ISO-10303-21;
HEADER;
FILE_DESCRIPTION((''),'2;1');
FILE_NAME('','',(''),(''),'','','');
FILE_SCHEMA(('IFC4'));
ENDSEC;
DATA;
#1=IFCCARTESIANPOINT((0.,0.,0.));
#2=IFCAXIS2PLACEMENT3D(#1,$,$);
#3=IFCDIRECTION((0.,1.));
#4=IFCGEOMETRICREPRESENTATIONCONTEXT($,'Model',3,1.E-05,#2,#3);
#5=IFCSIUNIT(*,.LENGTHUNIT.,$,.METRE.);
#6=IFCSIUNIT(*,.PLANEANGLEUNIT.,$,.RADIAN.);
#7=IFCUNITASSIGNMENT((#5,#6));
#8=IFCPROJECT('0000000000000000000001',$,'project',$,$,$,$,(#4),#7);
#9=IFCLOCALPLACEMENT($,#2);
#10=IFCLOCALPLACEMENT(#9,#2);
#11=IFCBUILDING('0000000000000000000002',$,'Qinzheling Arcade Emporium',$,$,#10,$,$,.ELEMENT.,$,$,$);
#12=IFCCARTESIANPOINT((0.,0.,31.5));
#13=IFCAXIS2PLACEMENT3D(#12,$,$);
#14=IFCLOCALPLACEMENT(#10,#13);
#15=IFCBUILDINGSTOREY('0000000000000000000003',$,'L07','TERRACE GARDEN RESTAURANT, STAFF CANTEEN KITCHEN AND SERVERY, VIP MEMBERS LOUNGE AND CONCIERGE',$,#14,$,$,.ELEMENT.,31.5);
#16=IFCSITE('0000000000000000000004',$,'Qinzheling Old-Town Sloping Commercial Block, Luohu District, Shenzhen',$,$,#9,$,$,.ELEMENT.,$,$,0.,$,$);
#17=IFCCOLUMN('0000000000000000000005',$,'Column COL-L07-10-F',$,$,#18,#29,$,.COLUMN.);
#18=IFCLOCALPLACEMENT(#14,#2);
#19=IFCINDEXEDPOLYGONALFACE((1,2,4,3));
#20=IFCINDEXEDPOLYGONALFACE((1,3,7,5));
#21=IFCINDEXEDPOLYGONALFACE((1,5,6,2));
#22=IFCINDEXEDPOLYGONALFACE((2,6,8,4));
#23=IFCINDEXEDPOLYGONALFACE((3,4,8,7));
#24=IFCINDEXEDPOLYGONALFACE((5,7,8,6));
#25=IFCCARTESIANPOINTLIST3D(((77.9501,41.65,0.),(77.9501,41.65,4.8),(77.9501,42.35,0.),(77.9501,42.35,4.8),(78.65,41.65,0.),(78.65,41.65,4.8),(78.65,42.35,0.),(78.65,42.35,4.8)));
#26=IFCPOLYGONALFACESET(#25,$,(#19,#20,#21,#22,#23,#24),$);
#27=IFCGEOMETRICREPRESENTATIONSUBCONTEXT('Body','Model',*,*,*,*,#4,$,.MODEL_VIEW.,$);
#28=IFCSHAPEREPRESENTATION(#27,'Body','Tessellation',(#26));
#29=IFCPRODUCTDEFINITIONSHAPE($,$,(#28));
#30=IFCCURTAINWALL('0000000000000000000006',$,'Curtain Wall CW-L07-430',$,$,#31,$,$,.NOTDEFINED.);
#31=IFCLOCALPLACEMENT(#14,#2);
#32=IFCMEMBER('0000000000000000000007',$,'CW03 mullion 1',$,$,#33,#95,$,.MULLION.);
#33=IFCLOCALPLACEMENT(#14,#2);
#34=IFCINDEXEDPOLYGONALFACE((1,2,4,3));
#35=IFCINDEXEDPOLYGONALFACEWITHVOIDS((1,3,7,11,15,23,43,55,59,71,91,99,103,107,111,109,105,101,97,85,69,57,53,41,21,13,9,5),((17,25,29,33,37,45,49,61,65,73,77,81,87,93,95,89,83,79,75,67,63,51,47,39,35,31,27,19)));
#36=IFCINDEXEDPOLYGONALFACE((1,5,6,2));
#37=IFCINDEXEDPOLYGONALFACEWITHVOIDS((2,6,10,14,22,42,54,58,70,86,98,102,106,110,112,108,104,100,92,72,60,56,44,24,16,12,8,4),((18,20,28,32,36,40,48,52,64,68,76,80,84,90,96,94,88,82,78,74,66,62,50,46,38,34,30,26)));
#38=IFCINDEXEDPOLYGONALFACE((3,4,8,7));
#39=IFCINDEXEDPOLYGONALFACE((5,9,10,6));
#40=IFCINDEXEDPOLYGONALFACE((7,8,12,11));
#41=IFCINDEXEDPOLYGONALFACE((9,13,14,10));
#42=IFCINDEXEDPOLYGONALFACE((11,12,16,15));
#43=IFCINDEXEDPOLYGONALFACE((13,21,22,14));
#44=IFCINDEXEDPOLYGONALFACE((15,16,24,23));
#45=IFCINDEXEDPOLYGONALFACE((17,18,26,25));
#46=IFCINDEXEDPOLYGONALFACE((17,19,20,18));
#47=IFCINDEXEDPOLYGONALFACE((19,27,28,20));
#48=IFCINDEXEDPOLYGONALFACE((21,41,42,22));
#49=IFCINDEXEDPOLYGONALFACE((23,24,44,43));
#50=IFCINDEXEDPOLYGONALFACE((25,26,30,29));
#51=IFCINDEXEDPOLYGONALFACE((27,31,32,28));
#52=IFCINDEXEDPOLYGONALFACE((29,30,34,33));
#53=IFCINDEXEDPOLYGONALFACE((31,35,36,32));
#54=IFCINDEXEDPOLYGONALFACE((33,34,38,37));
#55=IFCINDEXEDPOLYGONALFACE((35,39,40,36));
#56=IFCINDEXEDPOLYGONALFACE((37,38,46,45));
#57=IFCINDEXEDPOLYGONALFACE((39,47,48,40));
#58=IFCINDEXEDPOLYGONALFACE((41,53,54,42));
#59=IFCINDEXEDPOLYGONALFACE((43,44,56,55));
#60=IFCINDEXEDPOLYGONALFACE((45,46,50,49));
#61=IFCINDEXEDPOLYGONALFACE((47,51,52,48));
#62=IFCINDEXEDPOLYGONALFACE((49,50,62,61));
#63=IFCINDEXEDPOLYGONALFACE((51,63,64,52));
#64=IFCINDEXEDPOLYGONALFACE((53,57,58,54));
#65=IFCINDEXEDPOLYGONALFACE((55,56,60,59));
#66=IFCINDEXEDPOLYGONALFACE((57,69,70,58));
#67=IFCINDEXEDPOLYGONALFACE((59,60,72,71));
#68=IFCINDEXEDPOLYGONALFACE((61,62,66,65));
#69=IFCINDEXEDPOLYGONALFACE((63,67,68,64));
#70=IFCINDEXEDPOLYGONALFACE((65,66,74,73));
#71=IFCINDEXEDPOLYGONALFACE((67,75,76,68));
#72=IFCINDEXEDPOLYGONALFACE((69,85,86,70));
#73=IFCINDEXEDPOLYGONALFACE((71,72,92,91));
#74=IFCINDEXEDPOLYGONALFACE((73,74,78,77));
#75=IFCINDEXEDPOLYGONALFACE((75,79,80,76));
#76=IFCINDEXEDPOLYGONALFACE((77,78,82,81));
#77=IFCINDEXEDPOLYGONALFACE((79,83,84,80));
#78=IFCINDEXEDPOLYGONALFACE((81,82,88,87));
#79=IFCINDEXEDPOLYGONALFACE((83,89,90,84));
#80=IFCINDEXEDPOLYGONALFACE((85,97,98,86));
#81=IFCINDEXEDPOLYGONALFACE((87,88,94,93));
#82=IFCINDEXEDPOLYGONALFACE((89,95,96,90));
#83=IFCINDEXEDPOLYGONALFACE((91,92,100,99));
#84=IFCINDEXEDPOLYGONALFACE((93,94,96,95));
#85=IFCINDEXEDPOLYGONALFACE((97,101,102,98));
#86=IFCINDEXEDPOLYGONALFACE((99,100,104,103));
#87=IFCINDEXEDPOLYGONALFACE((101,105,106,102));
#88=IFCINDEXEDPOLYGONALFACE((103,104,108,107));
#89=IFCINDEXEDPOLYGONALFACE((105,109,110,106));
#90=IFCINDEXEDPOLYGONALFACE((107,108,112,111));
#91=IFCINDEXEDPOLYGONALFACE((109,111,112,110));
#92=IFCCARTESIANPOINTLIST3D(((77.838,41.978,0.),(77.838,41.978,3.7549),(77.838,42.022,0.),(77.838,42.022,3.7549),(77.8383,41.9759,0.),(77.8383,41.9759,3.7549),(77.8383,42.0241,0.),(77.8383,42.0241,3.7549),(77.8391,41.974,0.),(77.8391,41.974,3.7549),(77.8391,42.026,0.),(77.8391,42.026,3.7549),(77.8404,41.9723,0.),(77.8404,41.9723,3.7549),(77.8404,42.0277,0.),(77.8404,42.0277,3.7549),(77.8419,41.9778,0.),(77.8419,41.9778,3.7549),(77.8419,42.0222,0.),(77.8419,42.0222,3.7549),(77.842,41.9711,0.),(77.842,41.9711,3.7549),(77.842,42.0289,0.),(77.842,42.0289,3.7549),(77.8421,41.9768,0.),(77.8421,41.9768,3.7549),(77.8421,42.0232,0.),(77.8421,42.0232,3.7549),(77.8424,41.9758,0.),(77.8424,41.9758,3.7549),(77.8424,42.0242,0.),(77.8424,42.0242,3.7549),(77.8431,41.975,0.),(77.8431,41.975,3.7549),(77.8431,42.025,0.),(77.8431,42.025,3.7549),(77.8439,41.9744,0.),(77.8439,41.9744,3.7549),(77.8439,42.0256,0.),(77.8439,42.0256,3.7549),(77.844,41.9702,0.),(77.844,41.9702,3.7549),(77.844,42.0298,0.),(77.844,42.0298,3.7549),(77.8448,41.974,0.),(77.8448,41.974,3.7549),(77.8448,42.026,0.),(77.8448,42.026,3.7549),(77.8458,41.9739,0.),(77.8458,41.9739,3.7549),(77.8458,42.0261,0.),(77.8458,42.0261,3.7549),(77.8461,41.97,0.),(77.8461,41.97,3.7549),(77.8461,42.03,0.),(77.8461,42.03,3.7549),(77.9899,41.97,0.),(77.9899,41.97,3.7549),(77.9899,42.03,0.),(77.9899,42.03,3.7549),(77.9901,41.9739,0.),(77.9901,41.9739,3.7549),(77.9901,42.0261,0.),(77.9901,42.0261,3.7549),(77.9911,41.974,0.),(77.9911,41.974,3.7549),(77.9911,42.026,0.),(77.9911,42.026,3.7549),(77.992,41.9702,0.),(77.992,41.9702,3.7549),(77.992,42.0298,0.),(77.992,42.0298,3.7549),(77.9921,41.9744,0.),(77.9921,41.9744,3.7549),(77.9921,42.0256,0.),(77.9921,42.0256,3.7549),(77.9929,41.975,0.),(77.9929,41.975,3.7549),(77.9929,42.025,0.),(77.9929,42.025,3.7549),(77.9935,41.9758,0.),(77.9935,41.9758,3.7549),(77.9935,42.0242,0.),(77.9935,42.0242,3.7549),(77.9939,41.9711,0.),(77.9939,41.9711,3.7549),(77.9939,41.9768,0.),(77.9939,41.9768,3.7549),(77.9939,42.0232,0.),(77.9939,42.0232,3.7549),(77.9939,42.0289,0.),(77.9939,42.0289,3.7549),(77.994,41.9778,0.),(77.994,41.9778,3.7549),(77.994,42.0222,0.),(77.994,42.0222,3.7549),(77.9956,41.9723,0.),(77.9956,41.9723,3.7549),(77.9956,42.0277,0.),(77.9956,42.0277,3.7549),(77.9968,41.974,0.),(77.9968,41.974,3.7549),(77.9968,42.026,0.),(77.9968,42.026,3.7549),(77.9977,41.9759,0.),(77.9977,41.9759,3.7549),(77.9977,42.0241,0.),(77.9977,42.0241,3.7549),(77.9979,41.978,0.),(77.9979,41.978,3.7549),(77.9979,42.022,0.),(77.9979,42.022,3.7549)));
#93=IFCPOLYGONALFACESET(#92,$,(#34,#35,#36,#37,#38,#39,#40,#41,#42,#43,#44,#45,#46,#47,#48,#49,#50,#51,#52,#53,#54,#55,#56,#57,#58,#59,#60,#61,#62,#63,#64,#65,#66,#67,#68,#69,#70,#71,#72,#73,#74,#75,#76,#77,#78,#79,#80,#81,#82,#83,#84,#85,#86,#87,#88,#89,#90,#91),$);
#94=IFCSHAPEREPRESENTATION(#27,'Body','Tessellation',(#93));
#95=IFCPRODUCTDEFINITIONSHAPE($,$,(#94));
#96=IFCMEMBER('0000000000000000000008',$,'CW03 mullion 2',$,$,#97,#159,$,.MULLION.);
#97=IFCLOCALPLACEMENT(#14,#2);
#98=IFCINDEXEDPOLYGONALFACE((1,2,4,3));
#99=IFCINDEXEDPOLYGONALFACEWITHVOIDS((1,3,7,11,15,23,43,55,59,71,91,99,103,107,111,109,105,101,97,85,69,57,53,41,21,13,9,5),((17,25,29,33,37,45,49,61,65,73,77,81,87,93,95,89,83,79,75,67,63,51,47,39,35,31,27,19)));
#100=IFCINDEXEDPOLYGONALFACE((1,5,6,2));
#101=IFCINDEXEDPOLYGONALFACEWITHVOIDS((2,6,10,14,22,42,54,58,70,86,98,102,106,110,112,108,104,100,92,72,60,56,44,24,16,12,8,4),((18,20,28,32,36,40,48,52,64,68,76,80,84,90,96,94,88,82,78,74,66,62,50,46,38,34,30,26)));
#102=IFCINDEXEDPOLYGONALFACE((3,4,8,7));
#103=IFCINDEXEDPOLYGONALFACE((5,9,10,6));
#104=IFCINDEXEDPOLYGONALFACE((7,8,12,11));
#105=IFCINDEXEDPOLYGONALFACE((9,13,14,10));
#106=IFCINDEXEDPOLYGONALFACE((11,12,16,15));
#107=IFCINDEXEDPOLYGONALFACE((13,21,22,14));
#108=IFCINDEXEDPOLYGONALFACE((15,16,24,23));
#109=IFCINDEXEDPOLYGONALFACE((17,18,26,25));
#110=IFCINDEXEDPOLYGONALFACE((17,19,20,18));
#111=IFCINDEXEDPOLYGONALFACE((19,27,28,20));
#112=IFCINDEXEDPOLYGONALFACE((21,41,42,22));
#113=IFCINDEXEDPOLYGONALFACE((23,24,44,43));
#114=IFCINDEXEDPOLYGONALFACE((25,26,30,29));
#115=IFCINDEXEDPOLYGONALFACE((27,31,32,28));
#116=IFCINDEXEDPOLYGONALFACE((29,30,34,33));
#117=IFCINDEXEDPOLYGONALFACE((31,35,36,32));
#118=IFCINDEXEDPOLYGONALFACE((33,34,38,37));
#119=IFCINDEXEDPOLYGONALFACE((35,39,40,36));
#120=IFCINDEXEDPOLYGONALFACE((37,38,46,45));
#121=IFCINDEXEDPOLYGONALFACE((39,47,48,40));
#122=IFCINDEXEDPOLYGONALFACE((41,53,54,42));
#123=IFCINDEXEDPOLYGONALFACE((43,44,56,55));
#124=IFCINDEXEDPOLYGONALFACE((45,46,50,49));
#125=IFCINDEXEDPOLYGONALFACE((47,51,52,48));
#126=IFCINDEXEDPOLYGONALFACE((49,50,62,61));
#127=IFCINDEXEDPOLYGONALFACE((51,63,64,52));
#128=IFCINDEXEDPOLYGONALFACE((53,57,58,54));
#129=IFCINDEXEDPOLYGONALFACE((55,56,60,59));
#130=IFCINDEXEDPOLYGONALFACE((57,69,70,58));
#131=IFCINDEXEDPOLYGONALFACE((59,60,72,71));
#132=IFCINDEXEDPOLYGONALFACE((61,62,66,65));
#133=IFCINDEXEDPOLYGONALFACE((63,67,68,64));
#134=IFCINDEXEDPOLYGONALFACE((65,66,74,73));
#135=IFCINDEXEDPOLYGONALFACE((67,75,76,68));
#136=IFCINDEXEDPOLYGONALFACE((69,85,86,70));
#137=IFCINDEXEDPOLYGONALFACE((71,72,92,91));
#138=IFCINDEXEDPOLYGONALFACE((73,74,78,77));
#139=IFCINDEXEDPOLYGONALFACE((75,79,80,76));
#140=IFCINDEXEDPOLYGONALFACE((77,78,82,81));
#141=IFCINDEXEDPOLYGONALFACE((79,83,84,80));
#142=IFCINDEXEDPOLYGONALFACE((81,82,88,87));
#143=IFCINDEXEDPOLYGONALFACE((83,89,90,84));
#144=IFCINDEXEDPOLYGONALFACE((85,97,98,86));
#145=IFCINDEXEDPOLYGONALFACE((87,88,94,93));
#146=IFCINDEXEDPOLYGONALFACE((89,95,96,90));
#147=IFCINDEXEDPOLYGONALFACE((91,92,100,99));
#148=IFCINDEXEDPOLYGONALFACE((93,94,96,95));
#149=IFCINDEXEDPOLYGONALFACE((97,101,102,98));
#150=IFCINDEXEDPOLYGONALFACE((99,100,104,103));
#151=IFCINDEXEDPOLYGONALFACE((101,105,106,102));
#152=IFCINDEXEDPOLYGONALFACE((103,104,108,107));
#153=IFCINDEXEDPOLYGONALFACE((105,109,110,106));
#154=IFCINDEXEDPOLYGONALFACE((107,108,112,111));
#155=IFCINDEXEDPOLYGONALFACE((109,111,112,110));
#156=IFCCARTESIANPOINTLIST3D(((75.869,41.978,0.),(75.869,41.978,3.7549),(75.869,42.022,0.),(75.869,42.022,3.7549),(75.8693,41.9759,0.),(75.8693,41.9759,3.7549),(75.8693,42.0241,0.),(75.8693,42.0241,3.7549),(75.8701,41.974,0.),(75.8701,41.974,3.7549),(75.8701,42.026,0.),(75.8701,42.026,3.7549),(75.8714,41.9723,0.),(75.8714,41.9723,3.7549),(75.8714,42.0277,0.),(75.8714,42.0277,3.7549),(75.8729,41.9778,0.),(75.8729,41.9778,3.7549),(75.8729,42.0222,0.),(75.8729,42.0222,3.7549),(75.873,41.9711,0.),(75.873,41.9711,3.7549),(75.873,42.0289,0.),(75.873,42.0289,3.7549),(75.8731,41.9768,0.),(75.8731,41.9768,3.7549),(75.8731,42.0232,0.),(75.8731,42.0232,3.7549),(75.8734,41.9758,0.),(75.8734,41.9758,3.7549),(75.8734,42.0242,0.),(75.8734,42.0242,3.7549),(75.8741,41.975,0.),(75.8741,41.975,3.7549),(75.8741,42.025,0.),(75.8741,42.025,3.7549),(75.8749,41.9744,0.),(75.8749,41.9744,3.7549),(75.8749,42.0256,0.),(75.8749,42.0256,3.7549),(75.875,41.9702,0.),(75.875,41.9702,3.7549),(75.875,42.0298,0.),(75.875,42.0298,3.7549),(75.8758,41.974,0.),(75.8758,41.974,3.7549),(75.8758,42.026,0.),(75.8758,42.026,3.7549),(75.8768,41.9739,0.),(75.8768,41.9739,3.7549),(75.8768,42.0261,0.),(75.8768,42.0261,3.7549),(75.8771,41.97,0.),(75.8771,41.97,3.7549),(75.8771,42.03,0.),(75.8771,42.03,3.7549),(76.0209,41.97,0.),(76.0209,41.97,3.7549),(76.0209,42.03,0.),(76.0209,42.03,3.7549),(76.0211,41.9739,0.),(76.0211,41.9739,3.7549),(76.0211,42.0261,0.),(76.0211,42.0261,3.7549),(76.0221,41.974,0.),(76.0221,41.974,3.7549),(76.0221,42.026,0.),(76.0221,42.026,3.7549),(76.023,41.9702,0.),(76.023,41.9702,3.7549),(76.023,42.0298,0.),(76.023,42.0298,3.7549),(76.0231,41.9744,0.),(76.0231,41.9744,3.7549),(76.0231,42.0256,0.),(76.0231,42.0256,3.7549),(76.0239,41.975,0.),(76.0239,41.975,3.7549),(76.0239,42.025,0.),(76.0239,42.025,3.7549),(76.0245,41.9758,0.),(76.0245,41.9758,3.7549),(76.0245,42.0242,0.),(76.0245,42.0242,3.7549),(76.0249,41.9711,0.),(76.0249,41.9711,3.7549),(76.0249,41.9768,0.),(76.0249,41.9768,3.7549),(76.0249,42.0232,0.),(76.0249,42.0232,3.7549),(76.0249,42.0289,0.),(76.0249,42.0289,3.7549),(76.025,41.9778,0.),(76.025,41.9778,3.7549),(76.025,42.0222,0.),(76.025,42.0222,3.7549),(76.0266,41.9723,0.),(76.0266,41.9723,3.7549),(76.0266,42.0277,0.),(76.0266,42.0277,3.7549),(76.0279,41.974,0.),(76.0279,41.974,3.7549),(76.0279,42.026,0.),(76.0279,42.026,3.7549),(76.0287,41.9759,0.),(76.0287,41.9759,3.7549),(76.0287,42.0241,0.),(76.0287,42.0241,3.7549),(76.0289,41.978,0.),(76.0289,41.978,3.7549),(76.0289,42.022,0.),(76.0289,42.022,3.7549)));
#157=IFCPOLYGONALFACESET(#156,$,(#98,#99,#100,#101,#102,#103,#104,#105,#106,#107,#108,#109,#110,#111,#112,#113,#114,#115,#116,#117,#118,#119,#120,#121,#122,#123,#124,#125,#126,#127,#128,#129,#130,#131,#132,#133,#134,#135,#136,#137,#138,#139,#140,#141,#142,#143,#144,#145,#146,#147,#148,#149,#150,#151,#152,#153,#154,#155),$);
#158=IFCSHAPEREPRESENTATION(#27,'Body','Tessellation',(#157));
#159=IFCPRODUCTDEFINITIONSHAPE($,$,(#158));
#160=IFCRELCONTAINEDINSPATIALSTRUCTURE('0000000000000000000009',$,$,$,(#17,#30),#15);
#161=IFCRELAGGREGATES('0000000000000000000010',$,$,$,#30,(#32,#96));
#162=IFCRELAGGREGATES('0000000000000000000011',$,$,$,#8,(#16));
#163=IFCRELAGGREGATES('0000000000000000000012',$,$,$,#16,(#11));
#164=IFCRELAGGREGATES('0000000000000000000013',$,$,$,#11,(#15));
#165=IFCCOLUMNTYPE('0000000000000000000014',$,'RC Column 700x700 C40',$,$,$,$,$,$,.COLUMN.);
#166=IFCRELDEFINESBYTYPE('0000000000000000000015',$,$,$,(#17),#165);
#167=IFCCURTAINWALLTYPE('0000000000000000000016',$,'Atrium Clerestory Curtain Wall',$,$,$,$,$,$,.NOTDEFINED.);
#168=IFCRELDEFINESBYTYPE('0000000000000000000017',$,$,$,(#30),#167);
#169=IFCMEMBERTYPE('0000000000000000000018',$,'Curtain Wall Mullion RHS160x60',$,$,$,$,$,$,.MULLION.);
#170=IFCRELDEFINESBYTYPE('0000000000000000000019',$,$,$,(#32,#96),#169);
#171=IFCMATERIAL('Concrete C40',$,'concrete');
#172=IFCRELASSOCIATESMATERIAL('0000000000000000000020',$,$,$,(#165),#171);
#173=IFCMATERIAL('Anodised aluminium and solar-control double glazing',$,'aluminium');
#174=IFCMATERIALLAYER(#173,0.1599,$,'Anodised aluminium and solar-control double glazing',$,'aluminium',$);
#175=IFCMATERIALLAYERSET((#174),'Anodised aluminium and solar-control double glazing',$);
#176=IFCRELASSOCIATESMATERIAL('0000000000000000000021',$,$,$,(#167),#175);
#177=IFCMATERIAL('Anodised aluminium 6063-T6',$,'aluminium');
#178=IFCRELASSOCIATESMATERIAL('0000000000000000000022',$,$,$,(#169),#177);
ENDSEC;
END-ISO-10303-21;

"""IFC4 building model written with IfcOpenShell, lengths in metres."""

from ifc_helpers import new_model, si_unit, direction, frame, origin, origin_2d, place, context, subcontext, project, spatial, rectangle, hollow_rectangle, extrude, material, layer, layer_set, material_profile, profile_set, type_object, element, aggregate, save


model = new_model("IFC4")

# Units and contexts
model_context = context("Model", 3, precision=1e-05, world=origin(), true_north=direction((0.0, 1.0)))
body_context = subcontext(model_context, "Body", "Model", "MODEL_VIEW")
ifc_project = project(units=[si_unit("LENGTHUNIT", "METRE"), si_unit("PLANEANGLEUNIT", "RADIAN")], contexts=[model_context])

# Site, building, storey
site_placement = place(None, origin())
site = spatial("IfcSite", under=ifc_project, at=site_placement, Name="Qinzheling Old-Town Sloping Commercial Block, Luohu District, Shenzhen", CompositionType="ELEMENT", RefElevation=0.0)
building_placement = place(site_placement, origin())
building = spatial("IfcBuilding", under=site, at=building_placement, Name="Qinzheling Arcade Emporium", CompositionType="ELEMENT")
storey_placement = place(building_placement, frame((0.0, 0.0, 31.5)))
storey = spatial("IfcBuildingStorey", under=building, at=storey_placement, Name="L07", Description="TERRACE GARDEN RESTAURANT, STAFF CANTEEN KITCHEN AND SERVERY, VIP MEMBERS LOUNGE AND CONCIERGE", CompositionType="ELEMENT", Elevation=31.5)

# Column
ifc_material_1 = material(Name="Concrete C40", Category="concrete")
ifc_material_profile_1 = material_profile(ifc_material_1, rectangle(XDim=0.7, YDim=0.7, at=origin_2d()), Name="RC 700x700", Category="concrete")
ifc_profile_set_1 = profile_set([ifc_material_profile_1], Name="Concrete C40")
column_type = type_object("IfcColumnType", Name="RC Column 700x700 C40", PredefinedType="COLUMN", material=ifc_profile_set_1)
column_placement = place(storey_placement, frame((78.3, 42.0, 0.0), z_axis=(0.0, 0.0, 1.0), x_axis=(1.0, 0.0, 0.0)))
element("IfcColumn", 1, at=column_placement, inside=storey, type_object=column_type, Name="Column COL-L07-10-F", PredefinedType="COLUMN", context=body_context, shape_type="SweptSolid", body=[
    extrude(rectangle(XDim=0.7, YDim=0.7, at=origin_2d()), origin(), (0.0, 0.0, 1.0), 4.8),
])

# Curtain wall, members
ifc_material_2 = material(Name="Anodised aluminium and solar-control double glazing", Category="aluminium")
ifc_layer_1 = layer(ifc_material_2, 0.1599, Name="Anodised aluminium and solar-control double glazing", Category="aluminium")
ifc_layer_set_1 = layer_set([ifc_layer_1], Name="Anodised aluminium and solar-control double glazing")
curtain_wall_type = type_object("IfcCurtainWallType", Name="Atrium Clerestory Curtain Wall", PredefinedType="NOTDEFINED", material=ifc_layer_set_1)
curtain_wall_placement = place(storey_placement, origin())
curtain_wall = element("IfcCurtainWall", 2, at=curtain_wall_placement, inside=storey, type_object=curtain_wall_type, Name="Curtain Wall CW-L07-430", PredefinedType="NOTDEFINED")
ifc_material_3 = material(Name="Anodised aluminium 6063-T6", Category="aluminium")
ifc_material_profile_2 = material_profile(ifc_material_3, hollow_rectangle(XDim=0.0601, YDim=0.1599, WallThickness=0.0039, InnerFilletRadius=0.0039, OuterFilletRadius=0.0081, at=origin_2d()), Name="RHS 160x60x4", Category="aluminium")
ifc_profile_set_2 = profile_set([ifc_material_profile_2], Name="Anodised aluminium 6063-T6")
member_type_1 = type_object("IfcMemberType", Name="Curtain Wall Mullion RHS160x60", PredefinedType="MULLION", material=ifc_profile_set_2)
member_1_placement = place(storey_placement, frame((77.918, 42.0, 0.0), z_axis=(0.0, 0.0, 1.0), x_axis=(0.0, -1.0, 0.0)))
member_1 = element("IfcMember", 3, at=member_1_placement, type_object=member_type_1, Name="CW03 mullion 1", PredefinedType="MULLION", context=body_context, shape_type="SweptSolid", body=[
    extrude(hollow_rectangle(XDim=0.0601, YDim=0.1599, WallThickness=0.0039, InnerFilletRadius=0.0039, OuterFilletRadius=0.0081, at=origin_2d()), origin(), (0.0, 0.0, 1.0), 3.7549),
])
member_2_placement = place(storey_placement, frame((75.949, 42.0, 0.0), z_axis=(0.0, 0.0, 1.0), x_axis=(0.0, -1.0, 0.0)))
member_2 = element("IfcMember", 4, at=member_2_placement, type_object=member_type_1, Name="CW03 mullion 2", PredefinedType="MULLION", context=body_context, shape_type="SweptSolid", body=[
    extrude(hollow_rectangle(XDim=0.0601, YDim=0.1599, WallThickness=0.0039, InnerFilletRadius=0.0039, OuterFilletRadius=0.0081, at=origin_2d()), origin(), (0.0, 0.0, 1.0), 3.7549),
])

aggregate(curtain_wall, [member_1, member_2])

save(model, "model.ifc")
